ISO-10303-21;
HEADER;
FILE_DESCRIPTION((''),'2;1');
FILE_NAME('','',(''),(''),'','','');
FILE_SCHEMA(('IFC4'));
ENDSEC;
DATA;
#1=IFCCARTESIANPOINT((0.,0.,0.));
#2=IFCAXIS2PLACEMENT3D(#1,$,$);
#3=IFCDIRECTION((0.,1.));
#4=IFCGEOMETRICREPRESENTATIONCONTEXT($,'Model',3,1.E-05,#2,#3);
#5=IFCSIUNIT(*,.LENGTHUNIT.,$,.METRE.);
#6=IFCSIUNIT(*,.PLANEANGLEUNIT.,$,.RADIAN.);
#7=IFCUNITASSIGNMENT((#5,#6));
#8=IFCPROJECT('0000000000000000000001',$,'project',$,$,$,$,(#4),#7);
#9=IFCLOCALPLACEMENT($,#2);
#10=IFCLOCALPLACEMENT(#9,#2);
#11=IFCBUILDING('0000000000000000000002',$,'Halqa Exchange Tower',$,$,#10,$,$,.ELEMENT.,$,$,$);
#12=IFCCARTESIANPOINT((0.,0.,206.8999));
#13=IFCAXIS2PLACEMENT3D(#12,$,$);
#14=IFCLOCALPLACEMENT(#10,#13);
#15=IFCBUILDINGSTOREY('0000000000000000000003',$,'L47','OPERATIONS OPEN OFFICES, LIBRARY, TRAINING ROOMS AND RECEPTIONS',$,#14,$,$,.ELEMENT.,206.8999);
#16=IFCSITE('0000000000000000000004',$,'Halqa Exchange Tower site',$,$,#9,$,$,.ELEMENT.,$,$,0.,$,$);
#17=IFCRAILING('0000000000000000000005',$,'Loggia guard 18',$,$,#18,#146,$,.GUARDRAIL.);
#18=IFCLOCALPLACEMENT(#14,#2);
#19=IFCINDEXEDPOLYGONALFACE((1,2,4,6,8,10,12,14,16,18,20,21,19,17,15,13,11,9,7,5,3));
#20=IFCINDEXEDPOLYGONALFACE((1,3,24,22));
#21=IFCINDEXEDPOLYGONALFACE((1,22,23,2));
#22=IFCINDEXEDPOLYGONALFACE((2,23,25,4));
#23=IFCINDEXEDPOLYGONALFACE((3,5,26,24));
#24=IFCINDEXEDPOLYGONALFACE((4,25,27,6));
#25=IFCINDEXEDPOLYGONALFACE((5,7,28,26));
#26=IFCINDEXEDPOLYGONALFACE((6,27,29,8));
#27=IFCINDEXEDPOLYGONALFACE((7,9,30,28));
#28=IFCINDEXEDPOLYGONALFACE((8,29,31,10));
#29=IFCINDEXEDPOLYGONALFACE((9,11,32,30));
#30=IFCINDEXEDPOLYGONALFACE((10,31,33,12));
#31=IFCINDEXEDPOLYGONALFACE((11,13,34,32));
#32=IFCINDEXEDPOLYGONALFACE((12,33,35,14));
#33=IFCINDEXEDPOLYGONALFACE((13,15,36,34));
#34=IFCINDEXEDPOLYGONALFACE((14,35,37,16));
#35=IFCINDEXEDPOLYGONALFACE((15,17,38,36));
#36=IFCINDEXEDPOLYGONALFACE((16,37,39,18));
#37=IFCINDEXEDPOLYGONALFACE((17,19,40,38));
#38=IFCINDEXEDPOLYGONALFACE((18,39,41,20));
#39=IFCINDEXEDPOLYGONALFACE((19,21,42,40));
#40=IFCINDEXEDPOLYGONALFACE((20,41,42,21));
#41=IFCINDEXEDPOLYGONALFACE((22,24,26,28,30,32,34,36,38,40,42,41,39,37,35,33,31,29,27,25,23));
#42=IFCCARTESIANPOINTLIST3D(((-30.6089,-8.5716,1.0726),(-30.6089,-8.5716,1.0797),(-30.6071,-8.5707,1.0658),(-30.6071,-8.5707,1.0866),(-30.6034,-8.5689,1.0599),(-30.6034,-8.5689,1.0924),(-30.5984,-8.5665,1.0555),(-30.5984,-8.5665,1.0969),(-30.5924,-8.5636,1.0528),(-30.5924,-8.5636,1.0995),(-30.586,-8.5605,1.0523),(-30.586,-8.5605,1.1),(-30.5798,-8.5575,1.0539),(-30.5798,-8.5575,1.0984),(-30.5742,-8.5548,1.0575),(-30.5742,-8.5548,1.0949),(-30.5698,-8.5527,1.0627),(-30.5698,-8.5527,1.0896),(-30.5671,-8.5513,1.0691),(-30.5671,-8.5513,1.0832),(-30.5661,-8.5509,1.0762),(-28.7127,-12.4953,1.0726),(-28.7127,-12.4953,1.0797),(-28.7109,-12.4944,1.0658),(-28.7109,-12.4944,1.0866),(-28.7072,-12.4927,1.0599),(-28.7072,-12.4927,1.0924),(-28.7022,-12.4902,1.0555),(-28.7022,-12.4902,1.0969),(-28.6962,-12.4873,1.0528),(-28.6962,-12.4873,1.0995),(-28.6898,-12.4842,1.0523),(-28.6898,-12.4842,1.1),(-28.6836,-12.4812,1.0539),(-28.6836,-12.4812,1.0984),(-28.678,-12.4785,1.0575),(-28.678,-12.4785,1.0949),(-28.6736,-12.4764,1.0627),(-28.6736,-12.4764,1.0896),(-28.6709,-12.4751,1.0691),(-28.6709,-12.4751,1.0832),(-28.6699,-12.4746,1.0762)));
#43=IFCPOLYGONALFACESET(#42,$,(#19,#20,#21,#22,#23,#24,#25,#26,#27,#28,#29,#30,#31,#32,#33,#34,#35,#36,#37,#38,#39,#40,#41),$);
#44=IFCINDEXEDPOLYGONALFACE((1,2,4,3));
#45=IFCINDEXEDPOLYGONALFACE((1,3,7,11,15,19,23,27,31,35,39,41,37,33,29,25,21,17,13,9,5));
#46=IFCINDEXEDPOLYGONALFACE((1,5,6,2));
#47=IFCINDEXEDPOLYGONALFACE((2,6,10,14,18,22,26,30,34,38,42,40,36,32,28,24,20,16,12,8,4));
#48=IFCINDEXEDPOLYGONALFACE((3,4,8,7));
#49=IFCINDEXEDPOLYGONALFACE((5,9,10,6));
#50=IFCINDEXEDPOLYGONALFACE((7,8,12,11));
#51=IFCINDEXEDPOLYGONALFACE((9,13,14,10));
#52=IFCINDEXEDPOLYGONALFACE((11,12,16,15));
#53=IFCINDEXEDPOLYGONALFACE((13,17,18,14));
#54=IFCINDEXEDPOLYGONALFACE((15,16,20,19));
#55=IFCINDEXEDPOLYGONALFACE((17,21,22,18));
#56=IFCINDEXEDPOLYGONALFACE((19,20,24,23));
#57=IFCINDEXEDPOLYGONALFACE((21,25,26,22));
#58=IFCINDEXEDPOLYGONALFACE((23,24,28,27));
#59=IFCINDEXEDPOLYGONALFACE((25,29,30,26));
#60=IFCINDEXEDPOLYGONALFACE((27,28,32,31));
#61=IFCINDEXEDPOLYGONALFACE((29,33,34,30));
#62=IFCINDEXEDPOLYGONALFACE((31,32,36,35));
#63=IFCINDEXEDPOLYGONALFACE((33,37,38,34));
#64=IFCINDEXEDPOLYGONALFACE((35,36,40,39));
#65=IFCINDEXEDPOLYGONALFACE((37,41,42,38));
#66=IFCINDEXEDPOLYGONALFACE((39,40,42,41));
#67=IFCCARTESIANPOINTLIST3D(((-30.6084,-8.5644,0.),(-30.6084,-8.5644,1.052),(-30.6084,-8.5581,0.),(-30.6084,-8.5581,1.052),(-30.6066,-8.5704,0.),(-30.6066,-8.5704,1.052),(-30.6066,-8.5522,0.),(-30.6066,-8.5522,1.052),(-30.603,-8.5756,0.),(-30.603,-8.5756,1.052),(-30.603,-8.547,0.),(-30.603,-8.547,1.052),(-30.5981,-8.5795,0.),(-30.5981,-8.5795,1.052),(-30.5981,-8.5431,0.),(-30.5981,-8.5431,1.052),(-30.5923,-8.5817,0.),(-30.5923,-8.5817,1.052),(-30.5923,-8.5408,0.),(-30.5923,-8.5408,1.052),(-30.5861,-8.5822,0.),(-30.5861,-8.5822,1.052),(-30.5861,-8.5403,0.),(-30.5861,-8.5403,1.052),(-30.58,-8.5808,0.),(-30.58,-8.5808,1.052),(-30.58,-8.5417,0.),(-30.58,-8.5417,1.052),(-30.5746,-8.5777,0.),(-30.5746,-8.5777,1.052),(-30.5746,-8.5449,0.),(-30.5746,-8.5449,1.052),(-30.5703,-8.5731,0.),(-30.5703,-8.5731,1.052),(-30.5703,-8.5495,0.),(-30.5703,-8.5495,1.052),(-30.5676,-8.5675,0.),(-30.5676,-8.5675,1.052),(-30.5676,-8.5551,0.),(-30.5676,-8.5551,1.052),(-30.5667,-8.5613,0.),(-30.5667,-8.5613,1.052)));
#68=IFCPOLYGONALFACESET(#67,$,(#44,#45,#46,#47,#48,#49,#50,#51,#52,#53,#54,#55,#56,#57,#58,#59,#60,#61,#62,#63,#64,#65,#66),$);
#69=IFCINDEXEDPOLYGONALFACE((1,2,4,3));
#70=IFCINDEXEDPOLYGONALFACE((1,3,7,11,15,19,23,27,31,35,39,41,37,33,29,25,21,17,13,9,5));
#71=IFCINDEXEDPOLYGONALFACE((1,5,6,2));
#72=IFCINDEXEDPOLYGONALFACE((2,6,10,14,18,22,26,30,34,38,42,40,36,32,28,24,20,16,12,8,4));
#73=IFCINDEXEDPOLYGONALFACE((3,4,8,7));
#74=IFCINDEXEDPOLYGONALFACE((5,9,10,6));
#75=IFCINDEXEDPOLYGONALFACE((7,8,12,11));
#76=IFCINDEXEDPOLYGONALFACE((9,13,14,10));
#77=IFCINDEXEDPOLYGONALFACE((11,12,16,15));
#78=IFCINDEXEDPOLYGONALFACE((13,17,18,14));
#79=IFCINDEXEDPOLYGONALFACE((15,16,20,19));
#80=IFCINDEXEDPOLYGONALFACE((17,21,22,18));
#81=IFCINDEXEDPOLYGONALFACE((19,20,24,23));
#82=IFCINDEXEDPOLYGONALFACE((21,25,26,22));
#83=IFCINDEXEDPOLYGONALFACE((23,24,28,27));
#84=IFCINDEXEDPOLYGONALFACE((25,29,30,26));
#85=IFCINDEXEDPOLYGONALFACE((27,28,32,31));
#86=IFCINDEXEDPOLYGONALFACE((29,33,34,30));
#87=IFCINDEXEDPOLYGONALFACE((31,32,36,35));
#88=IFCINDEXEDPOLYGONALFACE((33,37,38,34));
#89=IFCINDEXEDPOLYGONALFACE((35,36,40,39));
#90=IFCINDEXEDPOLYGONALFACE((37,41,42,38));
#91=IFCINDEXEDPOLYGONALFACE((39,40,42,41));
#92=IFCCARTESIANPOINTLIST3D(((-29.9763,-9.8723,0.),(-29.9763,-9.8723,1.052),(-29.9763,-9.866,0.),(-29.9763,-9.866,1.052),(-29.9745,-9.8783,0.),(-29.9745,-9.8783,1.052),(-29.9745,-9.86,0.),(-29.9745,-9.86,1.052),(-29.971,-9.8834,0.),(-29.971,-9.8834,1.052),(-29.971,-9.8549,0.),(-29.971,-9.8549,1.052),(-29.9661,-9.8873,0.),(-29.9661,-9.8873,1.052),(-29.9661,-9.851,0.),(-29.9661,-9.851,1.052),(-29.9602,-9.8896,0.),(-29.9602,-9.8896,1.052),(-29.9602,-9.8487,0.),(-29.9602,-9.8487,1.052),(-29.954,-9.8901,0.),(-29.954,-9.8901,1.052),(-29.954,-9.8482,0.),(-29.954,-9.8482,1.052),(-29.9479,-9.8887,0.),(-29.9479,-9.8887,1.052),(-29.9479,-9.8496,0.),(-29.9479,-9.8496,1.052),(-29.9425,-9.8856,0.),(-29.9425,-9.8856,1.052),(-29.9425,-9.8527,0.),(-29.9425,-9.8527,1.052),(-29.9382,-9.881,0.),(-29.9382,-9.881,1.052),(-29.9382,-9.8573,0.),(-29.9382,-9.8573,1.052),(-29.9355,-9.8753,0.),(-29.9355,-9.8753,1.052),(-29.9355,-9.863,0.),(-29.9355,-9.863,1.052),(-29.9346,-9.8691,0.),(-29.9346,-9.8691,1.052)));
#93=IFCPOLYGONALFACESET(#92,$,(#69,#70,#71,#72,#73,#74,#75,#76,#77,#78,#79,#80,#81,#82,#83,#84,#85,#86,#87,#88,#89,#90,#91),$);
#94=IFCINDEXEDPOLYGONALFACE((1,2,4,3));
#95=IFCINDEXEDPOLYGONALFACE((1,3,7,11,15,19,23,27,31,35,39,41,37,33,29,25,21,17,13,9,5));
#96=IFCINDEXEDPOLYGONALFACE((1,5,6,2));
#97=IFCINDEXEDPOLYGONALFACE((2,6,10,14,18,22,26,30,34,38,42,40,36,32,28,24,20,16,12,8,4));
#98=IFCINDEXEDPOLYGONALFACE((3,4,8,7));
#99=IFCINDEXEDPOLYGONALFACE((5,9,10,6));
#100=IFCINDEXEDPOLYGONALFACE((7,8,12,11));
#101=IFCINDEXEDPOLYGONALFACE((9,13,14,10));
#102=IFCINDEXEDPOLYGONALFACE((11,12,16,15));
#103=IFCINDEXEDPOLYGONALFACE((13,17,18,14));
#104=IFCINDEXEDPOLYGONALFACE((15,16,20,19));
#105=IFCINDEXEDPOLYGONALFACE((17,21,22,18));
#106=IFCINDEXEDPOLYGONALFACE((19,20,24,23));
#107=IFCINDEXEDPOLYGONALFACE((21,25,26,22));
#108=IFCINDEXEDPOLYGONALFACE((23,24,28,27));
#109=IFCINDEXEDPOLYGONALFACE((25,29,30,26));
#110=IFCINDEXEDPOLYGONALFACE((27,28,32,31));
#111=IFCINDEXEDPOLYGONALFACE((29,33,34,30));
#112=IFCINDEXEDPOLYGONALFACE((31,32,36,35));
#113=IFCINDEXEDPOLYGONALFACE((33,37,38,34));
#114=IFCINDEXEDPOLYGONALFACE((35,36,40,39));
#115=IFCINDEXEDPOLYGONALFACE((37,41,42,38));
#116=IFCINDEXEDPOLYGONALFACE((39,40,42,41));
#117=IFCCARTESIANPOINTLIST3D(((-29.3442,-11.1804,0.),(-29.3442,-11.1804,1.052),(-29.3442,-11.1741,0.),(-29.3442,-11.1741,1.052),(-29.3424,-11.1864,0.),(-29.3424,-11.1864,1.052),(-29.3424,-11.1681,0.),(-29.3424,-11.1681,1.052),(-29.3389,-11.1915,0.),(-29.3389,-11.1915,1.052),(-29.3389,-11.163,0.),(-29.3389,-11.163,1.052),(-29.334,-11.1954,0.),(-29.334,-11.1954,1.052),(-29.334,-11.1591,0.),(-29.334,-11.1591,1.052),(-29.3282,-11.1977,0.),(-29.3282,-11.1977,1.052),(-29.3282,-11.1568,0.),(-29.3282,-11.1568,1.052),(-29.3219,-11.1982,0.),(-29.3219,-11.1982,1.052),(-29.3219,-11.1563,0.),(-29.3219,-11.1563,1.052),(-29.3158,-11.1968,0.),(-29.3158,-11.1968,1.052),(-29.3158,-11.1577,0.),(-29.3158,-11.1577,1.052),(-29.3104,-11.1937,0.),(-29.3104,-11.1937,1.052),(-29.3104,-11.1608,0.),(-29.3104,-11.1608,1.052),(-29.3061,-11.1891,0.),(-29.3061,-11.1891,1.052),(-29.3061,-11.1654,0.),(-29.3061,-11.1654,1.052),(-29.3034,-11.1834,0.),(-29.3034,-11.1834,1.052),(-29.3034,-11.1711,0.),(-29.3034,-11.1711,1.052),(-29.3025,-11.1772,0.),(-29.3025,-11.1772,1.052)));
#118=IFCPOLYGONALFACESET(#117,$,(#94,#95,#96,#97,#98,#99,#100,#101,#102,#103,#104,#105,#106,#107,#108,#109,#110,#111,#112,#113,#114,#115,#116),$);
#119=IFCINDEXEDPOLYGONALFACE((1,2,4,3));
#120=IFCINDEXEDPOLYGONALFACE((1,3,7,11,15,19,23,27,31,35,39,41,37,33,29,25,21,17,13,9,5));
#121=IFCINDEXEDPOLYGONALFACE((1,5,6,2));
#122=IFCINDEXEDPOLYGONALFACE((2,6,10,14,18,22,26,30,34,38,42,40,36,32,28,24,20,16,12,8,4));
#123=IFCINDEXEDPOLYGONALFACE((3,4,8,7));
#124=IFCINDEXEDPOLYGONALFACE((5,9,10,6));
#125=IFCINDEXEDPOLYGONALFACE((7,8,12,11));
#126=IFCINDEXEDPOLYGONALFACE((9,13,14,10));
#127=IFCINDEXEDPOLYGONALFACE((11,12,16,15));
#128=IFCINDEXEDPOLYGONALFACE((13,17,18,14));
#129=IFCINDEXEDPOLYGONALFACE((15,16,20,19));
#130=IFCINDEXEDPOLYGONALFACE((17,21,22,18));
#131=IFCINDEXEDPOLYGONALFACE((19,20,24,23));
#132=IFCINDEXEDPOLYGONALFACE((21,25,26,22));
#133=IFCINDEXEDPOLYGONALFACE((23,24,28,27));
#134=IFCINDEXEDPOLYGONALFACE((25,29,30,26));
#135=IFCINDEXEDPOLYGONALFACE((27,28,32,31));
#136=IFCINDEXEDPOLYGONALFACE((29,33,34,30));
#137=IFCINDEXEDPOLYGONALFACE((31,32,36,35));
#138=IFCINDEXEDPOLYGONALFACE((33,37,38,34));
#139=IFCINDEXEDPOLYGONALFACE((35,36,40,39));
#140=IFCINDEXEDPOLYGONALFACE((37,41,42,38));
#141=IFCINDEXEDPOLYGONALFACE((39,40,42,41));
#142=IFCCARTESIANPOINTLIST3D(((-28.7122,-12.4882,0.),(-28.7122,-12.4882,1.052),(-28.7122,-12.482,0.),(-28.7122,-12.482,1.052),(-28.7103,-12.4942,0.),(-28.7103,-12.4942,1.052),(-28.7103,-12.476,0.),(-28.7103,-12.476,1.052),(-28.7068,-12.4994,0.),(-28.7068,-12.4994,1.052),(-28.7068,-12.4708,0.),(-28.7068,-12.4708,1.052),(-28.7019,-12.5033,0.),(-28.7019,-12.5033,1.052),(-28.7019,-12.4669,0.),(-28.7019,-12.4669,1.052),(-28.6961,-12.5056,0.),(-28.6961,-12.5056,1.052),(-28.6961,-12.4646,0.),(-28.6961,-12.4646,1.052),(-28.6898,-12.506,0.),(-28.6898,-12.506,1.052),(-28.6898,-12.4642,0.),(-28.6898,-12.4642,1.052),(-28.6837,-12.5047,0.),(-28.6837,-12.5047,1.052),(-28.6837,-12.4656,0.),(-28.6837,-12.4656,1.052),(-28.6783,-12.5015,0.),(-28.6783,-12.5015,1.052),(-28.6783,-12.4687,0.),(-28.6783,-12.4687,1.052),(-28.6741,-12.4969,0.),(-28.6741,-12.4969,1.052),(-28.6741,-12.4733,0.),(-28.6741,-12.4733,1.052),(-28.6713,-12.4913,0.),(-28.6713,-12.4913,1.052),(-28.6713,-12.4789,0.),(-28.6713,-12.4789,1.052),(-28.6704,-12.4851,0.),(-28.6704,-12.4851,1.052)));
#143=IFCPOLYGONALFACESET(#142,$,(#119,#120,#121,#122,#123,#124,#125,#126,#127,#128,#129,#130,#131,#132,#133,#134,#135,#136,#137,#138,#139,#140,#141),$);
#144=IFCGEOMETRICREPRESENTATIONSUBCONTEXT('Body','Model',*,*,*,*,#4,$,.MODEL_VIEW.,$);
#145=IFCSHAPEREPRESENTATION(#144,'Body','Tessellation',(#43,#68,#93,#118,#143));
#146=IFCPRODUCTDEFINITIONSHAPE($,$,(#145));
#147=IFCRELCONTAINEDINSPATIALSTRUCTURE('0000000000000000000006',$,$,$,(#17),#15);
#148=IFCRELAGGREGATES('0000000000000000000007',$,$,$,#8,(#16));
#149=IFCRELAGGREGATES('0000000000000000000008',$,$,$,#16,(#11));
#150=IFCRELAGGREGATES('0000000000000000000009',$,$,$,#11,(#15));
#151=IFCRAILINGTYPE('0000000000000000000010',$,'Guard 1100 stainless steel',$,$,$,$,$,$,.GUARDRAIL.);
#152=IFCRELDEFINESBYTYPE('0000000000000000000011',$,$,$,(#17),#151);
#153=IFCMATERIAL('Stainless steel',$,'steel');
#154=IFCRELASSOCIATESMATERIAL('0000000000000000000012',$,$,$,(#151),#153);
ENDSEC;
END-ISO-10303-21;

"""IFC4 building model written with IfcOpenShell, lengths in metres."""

from ifc_helpers import new_model, si_unit, direction, frame, origin, origin_2d, place, context, subcontext, project, spatial, circle, extrude, material, type_object, element, save


model = new_model("IFC4")

# Units and contexts
model_context = context("Model", 3, precision=1e-05, world=origin(), true_north=direction((0.0, 1.0)))
body_context = subcontext(model_context, "Body", "Model", "MODEL_VIEW")
ifc_project = project(units=[si_unit("LENGTHUNIT", "METRE"), si_unit("PLANEANGLEUNIT", "RADIAN")], contexts=[model_context])

# Site, building, storey
site_placement = place(None, origin())
site = spatial("IfcSite", under=ifc_project, at=site_placement, Name="Halqa Exchange Tower site", CompositionType="ELEMENT", RefElevation=0.0)
building_placement = place(site_placement, origin())
building = spatial("IfcBuilding", under=site, at=building_placement, Name="Halqa Exchange Tower", CompositionType="ELEMENT")
storey_placement = place(building_placement, frame((0.0, 0.0, 206.8999)))
storey = spatial("IfcBuildingStorey", under=building, at=storey_placement, Name="L47", Description="OPERATIONS OPEN OFFICES, LIBRARY, TRAINING ROOMS AND RECEPTIONS", CompositionType="ELEMENT", Elevation=206.8999)

# Railing
ifc_material_1 = material(Name="Stainless steel", Category="steel")
railing_type = type_object("IfcRailingType", Name="Guard 1100 stainless steel", PredefinedType="GUARDRAIL", material=ifc_material_1)
railing_1_placement = place(storey_placement, frame((-30.5876, -8.5613, 0.0)))
element("IfcRailing", 1, at=railing_1_placement, inside=storey, type_object=railing_type, Name="Loggia guard 18", PredefinedType="GUARDRAIL", context=body_context, shape_type="SweptSolid", body=[
    extrude(circle(Radius=0.0239, at=origin_2d()), frame((0.0, 0.0, 1.0762), z_axis=(0.435117, -0.900374, 0.0), x_axis=(0.900374, 0.435117, 0.0)), (0.0, 0.0, 1.0), 4.3579),
    extrude(circle(Radius=0.021, at=origin_2d()), origin(), (0.0, 0.0, 1.0), 1.052),
    extrude(circle(Radius=0.021, at=origin_2d()), frame((0.6321, -1.3079, 0.0)), (0.0, 0.0, 1.0), 1.052),
    extrude(circle(Radius=0.021, at=origin_2d()), frame((1.2642, -2.616, 0.0)), (0.0, 0.0, 1.0), 1.052),
    extrude(circle(Radius=0.021, at=origin_2d()), frame((1.8962, -3.9238, 0.0)), (0.0, 0.0, 1.0), 1.052),
])

save(model, "model.ifc")
